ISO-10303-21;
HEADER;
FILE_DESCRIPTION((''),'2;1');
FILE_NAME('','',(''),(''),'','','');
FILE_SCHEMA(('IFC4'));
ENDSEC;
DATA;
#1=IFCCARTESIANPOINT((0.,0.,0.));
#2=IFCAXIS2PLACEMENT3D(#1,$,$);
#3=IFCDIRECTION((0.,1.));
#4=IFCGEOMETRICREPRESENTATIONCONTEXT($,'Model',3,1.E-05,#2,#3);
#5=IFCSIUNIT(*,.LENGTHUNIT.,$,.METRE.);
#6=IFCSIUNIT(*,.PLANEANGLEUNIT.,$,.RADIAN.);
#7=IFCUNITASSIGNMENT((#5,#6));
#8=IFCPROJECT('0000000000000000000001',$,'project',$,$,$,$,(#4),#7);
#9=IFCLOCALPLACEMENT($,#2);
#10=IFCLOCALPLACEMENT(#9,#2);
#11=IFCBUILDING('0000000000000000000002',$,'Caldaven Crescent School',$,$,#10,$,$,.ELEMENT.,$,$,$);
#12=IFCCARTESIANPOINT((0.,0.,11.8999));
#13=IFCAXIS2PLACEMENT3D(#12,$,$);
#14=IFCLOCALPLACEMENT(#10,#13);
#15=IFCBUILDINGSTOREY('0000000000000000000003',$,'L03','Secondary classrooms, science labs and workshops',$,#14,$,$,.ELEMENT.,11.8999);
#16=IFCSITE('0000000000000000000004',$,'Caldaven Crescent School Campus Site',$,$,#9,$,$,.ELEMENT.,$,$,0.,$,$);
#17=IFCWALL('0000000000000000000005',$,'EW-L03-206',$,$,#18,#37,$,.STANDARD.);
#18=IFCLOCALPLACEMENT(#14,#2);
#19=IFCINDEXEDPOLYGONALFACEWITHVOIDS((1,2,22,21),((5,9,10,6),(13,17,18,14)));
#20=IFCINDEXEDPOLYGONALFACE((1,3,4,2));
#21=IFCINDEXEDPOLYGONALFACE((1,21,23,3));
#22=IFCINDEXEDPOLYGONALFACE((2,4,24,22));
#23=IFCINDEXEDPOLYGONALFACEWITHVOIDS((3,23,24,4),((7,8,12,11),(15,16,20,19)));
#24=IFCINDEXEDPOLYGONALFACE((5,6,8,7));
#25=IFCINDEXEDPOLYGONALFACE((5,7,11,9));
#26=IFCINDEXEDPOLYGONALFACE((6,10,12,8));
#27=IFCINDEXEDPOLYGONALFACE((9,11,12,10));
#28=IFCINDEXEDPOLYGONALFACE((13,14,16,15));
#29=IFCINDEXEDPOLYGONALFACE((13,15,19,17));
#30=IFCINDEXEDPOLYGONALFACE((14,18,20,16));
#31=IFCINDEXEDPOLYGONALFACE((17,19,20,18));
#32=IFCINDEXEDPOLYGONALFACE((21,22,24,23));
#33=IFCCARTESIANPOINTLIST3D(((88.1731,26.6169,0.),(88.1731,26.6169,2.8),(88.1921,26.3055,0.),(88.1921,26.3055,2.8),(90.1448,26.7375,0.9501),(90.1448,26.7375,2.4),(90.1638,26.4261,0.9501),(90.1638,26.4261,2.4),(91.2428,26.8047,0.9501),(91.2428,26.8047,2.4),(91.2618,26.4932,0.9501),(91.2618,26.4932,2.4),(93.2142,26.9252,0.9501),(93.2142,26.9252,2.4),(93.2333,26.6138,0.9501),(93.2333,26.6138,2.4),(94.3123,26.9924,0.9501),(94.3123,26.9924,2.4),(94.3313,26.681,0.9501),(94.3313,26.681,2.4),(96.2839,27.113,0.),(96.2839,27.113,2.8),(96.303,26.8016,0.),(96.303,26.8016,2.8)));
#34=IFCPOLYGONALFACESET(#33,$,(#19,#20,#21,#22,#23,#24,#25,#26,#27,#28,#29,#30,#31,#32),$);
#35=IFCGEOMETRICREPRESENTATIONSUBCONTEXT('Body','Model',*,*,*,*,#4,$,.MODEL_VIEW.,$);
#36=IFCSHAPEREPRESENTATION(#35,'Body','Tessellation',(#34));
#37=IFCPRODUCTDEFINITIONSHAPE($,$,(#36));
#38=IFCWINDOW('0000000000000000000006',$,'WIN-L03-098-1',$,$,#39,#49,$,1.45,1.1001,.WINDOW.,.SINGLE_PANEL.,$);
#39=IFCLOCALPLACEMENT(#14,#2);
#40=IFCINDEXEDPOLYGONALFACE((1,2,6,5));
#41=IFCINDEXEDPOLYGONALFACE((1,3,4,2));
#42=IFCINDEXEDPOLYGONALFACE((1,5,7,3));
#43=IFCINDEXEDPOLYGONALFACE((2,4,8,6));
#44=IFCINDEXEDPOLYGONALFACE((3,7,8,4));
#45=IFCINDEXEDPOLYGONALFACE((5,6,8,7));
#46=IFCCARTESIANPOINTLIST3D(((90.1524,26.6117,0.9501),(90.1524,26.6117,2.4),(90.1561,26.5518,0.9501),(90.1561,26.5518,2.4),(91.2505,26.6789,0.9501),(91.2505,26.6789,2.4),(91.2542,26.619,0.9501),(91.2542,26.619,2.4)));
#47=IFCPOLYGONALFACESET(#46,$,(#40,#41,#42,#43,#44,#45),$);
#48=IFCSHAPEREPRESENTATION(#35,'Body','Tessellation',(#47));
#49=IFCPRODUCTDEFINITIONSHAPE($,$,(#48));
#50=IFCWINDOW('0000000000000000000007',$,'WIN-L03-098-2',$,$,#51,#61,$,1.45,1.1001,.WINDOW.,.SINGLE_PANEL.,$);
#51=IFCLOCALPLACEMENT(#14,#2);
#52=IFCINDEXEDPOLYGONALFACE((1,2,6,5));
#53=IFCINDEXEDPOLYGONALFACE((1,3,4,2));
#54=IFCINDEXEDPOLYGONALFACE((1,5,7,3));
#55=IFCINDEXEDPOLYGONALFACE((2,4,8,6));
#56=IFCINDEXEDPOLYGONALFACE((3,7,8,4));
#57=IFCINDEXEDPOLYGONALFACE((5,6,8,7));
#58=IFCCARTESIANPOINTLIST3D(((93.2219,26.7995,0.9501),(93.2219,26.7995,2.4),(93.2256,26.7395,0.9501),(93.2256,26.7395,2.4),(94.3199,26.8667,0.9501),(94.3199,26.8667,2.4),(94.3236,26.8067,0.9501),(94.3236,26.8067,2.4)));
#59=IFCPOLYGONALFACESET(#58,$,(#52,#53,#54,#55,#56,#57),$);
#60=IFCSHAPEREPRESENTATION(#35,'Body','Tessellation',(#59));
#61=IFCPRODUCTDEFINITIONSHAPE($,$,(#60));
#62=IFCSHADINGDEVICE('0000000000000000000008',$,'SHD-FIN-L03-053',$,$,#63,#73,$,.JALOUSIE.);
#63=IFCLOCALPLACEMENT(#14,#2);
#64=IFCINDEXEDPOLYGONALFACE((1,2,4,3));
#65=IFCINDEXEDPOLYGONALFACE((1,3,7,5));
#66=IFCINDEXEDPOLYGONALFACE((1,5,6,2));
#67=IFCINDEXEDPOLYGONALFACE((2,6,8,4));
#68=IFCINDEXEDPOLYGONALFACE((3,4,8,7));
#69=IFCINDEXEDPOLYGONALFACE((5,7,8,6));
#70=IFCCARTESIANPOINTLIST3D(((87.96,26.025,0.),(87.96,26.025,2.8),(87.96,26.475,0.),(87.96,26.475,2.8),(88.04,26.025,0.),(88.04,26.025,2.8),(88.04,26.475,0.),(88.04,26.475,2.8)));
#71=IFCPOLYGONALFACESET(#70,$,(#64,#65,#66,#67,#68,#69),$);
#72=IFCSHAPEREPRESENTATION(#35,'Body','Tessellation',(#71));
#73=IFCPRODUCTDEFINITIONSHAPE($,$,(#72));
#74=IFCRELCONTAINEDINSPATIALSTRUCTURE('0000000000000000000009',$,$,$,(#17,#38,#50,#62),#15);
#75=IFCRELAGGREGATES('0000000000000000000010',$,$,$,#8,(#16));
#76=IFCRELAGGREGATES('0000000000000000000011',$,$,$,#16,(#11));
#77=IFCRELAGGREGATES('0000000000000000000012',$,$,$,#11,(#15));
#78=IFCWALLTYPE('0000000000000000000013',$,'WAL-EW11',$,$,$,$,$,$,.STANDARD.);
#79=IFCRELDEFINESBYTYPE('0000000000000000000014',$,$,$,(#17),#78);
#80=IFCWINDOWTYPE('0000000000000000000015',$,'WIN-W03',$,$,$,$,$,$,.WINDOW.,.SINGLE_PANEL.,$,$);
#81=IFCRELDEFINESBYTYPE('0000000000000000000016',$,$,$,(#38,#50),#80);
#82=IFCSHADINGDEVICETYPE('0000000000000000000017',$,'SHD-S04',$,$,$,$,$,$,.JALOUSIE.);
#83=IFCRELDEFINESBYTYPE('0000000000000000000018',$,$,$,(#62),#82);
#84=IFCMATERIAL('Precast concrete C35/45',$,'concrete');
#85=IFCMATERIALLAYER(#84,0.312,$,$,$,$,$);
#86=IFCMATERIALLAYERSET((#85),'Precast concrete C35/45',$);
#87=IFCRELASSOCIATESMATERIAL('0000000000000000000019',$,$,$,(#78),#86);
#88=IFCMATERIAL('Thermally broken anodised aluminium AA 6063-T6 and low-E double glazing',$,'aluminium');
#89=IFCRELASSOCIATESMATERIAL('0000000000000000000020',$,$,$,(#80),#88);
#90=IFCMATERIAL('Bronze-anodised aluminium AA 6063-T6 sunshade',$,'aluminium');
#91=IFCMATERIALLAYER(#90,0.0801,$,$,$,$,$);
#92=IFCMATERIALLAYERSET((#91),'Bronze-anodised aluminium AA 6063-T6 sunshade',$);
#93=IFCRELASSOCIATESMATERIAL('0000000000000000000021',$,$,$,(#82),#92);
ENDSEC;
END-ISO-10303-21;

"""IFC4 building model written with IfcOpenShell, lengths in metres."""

from ifc_helpers import new_model, si_unit, direction, frame, frame_2d, origin, origin_2d, place, context, subcontext, project, spatial, rectangle, extrude, material, layer, layer_set, type_object, element, fill, save


model = new_model("IFC4")

# Units and contexts
model_context = context("Model", 3, precision=1e-05, world=origin(), true_north=direction((0.0, 1.0)))
body_context = subcontext(model_context, "Body", "Model", "MODEL_VIEW")
ifc_project = project(units=[si_unit("LENGTHUNIT", "METRE"), si_unit("PLANEANGLEUNIT", "RADIAN")], contexts=[model_context])

# Site, building, storey
site_placement = place(None, origin())
site = spatial("IfcSite", under=ifc_project, at=site_placement, Name="Caldaven Crescent School Campus Site", CompositionType="ELEMENT", RefElevation=0.0)
building_placement = place(site_placement, origin())
building = spatial("IfcBuilding", under=site, at=building_placement, Name="Caldaven Crescent School", CompositionType="ELEMENT")
storey_placement = place(building_placement, frame((0.0, 0.0, 11.8999)))
storey = spatial("IfcBuildingStorey", under=building, at=storey_placement, Name="L03", Description="Secondary classrooms, science labs and workshops", CompositionType="ELEMENT", Elevation=11.8999)

# Wall, openings, windows
ifc_material_1 = material(Name="Precast concrete C35/45", Category="concrete")
ifc_layer_1 = layer(ifc_material_1, 0.312)
ifc_layer_set_1 = layer_set([ifc_layer_1], Name="Precast concrete C35/45")
wall_type = type_object("IfcWallType", Name="WAL-EW11", PredefinedType="STANDARD", material=ifc_layer_set_1)
wall_placement = place(storey_placement, frame((88.1826, 26.4612, 0.0), z_axis=(0.0, 0.0, 1.0), x_axis=(0.998135, 0.06105, 0.0)))
wall = element("IfcWall", 1, at=wall_placement, inside=storey, type_object=wall_type, Name="EW-L03-206", PredefinedType="STANDARD", context=body_context, shape_type="SweptSolid", body=[
    extrude(rectangle(XDim=8.126, YDim=0.312, at=frame_2d((4.063, 0.0))), origin(), (0.0, 0.0, 1.0), 2.8),
])
opening_1_placement = place(wall_placement, frame((1.9753, 0.0, 0.95)))
opening_1 = element("IfcOpeningElement", 2, at=opening_1_placement, cuts=wall, PredefinedType="OPENING", context=body_context, shape_type="SweptSolid", body=[
    extrude(rectangle(XDim=1.1001, YDim=1.45, at=frame_2d((0.55, 0.7251))), frame((0.0, 0.166, 0.0), z_axis=(0.0, -1.0, 0.0), x_axis=(1.0, 0.0, 0.0)), (0.0, 0.0, 1.0), 0.332),
])
opening_2_placement = place(wall_placement, frame((5.0505, 0.0, 0.95)))
opening_2 = element("IfcOpeningElement", 3, at=opening_2_placement, cuts=wall, PredefinedType="OPENING", context=body_context, shape_type="SweptSolid", body=[
    extrude(rectangle(XDim=1.1001, YDim=1.45, at=frame_2d((0.55, 0.7251))), frame((0.0, 0.166, 0.0), z_axis=(0.0, -1.0, 0.0), x_axis=(1.0, 0.0, 0.0)), (0.0, 0.0, 1.0), 0.332),
])
ifc_material_2 = material(Name="Thermally broken anodised aluminium AA 6063-T6 and low-E double glazing", Category="aluminium")
window_type = type_object("IfcWindowType", Name="WIN-W03", PartitioningType="SINGLE_PANEL", PredefinedType="WINDOW", material=ifc_material_2)
window_1_placement = place(opening_1_placement, origin())
window_1 = element("IfcWindow", 4, at=window_1_placement, inside=storey, type_object=window_type, Name="WIN-L03-098-1", OverallHeight=1.45, OverallWidth=1.1001, PartitioningType="SINGLE_PANEL", PredefinedType="WINDOW", context=body_context, shape_type="SweptSolid", body=[
    extrude(rectangle(XDim=1.1001, YDim=1.45, at=frame_2d((0.55, 0.7251))), frame((0.0, 0.03, 0.0), z_axis=(0.0, -1.0, 0.0), x_axis=(1.0, 0.0, 0.0)), (0.0, 0.0, 1.0), 0.0601),
])
fill(opening_1, window_1)
window_2_placement = place(opening_2_placement, origin())
window_2 = element("IfcWindow", 5, at=window_2_placement, inside=storey, type_object=window_type, Name="WIN-L03-098-2", OverallHeight=1.45, OverallWidth=1.1001, PartitioningType="SINGLE_PANEL", PredefinedType="WINDOW", context=body_context, shape_type="SweptSolid", body=[
    extrude(rectangle(XDim=1.1001, YDim=1.45, at=frame_2d((0.55, 0.7251))), frame((0.0, 0.03, 0.0), z_axis=(0.0, -1.0, 0.0), x_axis=(1.0, 0.0, 0.0)), (0.0, 0.0, 1.0), 0.0601),
])
fill(opening_2, window_2)

# Shading device
ifc_material_3 = material(Name="Bronze-anodised aluminium AA 6063-T6 sunshade", Category="aluminium")
ifc_layer_2 = layer(ifc_material_3, 0.0801)
ifc_layer_set_2 = layer_set([ifc_layer_2], Name="Bronze-anodised aluminium AA 6063-T6 sunshade")
shading_device_type = type_object("IfcShadingDeviceType", Name="SHD-S04", PredefinedType="JALOUSIE", material=ifc_layer_set_2)
shading_device_placement = place(storey_placement, frame((88.0, 26.25, 0.0), z_axis=(0.0, 0.0, 1.0), x_axis=(0.0, -1.0, 0.0)))
element("IfcShadingDevice", 6, at=shading_device_placement, inside=storey, type_object=shading_device_type, Name="SHD-FIN-L03-053", PredefinedType="JALOUSIE", context=body_context, shape_type="SweptSolid", body=[
    extrude(rectangle(XDim=0.45, YDim=0.0801, at=origin_2d()), origin(), (0.0, 0.0, 1.0), 2.8),
])

save(model, "model.ifc")
